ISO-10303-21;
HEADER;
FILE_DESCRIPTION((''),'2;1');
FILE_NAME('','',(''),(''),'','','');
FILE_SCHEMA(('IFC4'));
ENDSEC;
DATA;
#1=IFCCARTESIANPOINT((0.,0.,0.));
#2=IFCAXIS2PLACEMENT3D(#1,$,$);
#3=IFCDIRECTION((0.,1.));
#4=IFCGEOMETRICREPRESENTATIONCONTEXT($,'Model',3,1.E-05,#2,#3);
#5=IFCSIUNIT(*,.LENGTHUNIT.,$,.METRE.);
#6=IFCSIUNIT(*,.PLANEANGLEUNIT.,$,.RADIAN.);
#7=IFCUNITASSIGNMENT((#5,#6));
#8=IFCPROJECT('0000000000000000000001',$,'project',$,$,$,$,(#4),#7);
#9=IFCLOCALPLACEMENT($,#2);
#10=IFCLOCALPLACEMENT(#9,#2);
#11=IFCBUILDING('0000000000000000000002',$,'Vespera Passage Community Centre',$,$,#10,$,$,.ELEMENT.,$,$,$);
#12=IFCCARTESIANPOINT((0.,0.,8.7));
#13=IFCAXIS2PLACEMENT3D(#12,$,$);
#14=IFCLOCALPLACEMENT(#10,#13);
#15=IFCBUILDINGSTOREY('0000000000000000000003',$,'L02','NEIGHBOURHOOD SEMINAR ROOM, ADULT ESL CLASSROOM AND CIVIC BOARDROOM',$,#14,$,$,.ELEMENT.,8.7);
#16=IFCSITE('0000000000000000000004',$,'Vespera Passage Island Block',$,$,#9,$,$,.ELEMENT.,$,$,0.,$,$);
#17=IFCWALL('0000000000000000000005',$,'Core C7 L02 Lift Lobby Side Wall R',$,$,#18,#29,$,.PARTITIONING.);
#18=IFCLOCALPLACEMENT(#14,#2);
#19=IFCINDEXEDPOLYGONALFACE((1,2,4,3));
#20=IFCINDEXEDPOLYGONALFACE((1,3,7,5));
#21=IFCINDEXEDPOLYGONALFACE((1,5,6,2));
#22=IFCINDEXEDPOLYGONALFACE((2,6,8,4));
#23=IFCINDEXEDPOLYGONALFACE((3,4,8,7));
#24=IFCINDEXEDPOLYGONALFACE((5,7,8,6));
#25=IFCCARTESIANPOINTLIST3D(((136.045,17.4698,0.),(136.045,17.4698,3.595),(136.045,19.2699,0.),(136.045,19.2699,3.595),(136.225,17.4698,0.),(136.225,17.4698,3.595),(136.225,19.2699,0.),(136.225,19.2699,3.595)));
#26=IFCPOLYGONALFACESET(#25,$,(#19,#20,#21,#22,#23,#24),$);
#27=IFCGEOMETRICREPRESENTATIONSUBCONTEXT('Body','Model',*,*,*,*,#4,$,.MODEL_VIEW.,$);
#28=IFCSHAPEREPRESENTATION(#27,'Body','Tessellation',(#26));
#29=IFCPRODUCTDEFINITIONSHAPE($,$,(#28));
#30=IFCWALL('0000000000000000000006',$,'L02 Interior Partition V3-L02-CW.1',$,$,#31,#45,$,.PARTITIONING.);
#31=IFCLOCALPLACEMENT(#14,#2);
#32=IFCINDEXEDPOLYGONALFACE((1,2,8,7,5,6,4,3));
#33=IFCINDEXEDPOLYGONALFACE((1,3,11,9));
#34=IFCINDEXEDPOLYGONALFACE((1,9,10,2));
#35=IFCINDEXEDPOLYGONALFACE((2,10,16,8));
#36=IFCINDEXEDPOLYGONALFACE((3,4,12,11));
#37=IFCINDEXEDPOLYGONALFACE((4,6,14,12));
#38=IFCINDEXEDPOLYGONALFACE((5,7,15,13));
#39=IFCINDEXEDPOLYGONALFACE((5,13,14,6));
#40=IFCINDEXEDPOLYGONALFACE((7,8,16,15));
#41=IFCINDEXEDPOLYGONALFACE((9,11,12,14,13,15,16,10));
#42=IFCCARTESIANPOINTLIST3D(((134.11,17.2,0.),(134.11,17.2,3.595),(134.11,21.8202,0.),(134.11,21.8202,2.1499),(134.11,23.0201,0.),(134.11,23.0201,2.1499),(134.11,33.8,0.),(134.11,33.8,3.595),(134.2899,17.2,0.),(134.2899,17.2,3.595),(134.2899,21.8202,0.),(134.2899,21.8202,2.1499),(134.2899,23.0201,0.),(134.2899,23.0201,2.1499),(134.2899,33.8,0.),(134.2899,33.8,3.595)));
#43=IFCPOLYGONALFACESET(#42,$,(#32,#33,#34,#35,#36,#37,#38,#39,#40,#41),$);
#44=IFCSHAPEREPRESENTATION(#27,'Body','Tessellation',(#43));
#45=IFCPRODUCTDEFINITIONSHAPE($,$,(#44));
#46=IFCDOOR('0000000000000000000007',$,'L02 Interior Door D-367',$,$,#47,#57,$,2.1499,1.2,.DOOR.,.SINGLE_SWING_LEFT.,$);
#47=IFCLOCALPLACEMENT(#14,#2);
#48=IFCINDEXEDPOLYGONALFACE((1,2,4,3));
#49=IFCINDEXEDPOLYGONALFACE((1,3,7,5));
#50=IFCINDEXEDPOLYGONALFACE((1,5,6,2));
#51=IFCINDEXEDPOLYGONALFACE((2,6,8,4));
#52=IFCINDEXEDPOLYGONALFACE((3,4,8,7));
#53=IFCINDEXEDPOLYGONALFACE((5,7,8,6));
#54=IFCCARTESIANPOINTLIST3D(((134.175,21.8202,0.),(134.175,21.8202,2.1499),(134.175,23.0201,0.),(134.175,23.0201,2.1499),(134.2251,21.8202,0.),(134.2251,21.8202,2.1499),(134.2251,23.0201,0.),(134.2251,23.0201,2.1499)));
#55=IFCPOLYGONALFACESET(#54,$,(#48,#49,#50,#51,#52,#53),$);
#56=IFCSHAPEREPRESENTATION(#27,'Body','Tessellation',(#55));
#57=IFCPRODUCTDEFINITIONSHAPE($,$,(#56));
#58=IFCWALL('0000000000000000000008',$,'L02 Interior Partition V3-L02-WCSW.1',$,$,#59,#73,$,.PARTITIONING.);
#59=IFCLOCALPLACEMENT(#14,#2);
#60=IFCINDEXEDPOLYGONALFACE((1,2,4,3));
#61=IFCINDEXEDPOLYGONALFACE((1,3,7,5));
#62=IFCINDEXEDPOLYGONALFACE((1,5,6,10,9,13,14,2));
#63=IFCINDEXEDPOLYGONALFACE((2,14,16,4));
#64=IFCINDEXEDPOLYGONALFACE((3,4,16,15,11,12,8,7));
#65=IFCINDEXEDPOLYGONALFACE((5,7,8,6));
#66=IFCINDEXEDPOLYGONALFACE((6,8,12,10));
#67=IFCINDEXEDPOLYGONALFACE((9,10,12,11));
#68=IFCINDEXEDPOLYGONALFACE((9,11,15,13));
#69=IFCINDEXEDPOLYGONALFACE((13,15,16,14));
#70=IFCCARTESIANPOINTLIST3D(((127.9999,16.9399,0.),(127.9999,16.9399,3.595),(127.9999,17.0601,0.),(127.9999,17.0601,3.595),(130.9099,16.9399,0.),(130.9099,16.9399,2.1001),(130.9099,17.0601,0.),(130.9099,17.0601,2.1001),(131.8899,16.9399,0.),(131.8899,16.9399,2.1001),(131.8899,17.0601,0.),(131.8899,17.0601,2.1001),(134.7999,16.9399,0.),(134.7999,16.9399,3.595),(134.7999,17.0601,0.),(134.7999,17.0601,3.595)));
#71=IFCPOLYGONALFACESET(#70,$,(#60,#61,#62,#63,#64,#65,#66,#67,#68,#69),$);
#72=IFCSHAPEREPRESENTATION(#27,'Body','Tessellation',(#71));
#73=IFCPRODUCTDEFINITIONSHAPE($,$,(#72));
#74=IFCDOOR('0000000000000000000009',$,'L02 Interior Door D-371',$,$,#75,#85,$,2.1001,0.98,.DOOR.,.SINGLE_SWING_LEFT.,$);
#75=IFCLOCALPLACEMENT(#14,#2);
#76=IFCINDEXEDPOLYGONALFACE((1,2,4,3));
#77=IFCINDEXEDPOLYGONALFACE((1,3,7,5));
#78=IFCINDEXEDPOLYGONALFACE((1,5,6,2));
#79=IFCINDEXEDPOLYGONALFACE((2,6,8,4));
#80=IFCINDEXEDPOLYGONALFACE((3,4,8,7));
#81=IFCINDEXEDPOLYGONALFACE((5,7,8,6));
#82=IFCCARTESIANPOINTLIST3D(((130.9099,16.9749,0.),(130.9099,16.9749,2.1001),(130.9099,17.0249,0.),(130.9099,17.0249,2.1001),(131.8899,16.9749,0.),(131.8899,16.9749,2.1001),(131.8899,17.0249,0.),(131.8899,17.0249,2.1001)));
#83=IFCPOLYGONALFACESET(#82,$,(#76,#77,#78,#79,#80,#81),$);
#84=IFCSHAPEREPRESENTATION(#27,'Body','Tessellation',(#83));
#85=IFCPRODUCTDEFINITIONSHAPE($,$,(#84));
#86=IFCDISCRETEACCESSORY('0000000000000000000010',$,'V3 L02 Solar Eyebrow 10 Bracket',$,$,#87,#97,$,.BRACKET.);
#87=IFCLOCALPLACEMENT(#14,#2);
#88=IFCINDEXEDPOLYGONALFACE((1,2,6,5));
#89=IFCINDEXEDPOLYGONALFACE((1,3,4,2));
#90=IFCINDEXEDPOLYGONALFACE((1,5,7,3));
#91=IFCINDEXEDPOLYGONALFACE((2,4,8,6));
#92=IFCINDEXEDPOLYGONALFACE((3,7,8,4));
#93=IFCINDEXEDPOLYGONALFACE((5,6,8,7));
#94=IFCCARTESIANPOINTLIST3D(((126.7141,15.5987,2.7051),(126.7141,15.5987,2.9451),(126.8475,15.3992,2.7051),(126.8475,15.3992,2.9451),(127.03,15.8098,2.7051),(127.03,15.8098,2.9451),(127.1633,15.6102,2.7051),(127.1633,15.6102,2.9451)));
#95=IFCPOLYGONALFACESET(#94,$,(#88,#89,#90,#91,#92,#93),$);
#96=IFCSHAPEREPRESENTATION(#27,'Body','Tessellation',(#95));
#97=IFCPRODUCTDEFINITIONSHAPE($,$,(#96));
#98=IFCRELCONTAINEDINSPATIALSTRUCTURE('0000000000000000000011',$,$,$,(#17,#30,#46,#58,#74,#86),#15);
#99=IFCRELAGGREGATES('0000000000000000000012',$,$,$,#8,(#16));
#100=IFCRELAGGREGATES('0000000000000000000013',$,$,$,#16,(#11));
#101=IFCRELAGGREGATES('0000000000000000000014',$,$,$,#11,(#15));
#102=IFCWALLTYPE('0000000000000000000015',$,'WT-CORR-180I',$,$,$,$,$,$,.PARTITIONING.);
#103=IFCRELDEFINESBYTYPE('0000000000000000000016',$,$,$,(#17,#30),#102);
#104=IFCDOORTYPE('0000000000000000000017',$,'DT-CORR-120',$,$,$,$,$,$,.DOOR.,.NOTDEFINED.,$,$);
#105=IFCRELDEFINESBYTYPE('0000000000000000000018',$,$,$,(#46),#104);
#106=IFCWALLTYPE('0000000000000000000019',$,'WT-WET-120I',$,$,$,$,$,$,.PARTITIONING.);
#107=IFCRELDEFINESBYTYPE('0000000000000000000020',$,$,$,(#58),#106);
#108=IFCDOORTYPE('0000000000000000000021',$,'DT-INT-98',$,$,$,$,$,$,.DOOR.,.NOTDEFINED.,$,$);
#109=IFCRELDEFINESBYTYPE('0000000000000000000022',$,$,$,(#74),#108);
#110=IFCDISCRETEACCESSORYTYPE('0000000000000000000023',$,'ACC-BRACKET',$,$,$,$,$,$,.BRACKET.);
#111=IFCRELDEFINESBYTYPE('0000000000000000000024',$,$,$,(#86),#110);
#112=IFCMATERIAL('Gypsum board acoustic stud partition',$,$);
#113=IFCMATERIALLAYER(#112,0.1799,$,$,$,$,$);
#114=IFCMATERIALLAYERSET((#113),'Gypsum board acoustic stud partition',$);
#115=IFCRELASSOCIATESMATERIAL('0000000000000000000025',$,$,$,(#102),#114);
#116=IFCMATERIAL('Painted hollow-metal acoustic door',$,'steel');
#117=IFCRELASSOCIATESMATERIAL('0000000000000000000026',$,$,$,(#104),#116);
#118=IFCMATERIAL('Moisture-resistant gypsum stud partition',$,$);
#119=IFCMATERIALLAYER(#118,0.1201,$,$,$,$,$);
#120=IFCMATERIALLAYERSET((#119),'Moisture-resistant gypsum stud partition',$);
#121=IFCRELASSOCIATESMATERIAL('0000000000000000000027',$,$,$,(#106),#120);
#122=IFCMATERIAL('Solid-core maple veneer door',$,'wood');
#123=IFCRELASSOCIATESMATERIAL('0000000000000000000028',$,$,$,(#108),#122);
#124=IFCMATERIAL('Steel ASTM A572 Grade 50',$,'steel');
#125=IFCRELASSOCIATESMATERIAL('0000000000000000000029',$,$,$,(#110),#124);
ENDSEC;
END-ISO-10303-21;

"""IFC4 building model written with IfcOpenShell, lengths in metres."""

from ifc_helpers import new_model, si_unit, direction, frame, frame_2d, origin, origin_2d, place, context, subcontext, project, spatial, rectangle, extrude, material, layer, layer_set, type_object, element, fill, save


model = new_model("IFC4")

# Units and contexts
model_context = context("Model", 3, precision=1e-05, world=origin(), true_north=direction((0.0, 1.0)))
body_context = subcontext(model_context, "Body", "Model", "MODEL_VIEW")
ifc_project = project(units=[si_unit("LENGTHUNIT", "METRE"), si_unit("PLANEANGLEUNIT", "RADIAN")], contexts=[model_context])

# Site, building, storey
site_placement = place(None, origin())
site = spatial("IfcSite", under=ifc_project, at=site_placement, Name="Vespera Passage Island Block", CompositionType="ELEMENT", RefElevation=0.0)
building_placement = place(site_placement, origin())
building = spatial("IfcBuilding", under=site, at=building_placement, Name="Vespera Passage Community Centre", CompositionType="ELEMENT")
storey_placement = place(building_placement, frame((0.0, 0.0, 8.7)))
storey = spatial("IfcBuildingStorey", under=building, at=storey_placement, Name="L02", Description="NEIGHBOURHOOD SEMINAR ROOM, ADULT ESL CLASSROOM AND CIVIC BOARDROOM", CompositionType="ELEMENT", Elevation=8.7)

# Wall
ifc_material_1 = material(Name="Gypsum board acoustic stud partition")
ifc_layer_1 = layer(ifc_material_1, 0.1799)
ifc_layer_set_1 = layer_set([ifc_layer_1], Name="Gypsum board acoustic stud partition")
wall_type_1 = type_object("IfcWallType", Name="WT-CORR-180I", PredefinedType="PARTITIONING", material=ifc_layer_set_1)
wall_1_placement = place(storey_placement, frame((136.135, 17.47, 0.0), z_axis=(0.0, 0.0, 1.0), x_axis=(0.0, 1.0, 0.0)))
element("IfcWall", 1, at=wall_1_placement, inside=storey, type_object=wall_type_1, Name="Core C7 L02 Lift Lobby Side Wall R", PredefinedType="PARTITIONING", context=body_context, shape_type="SweptSolid", body=[
    extrude(rectangle(XDim=1.8, YDim=0.1799, at=frame_2d((0.8999, 0.0))), origin(), (0.0, 0.0, 1.0), 3.595),
])

# Walls, openings, doors
wall_2_placement = place(storey_placement, frame((134.2, 17.2, 0.0), z_axis=(0.0, 0.0, 1.0), x_axis=(0.0, 1.0, 0.0)))
wall_2 = element("IfcWall", 2, at=wall_2_placement, inside=storey, type_object=wall_type_1, Name="L02 Interior Partition V3-L02-CW.1", PredefinedType="PARTITIONING", context=body_context, shape_type="SweptSolid", body=[
    extrude(rectangle(XDim=16.6001, YDim=0.1799, at=frame_2d((8.3, 0.0))), origin(), (0.0, 0.0, 1.0), 3.595),
])
opening_1_placement = place(wall_2_placement, frame((4.6201, 0.0, 0.0)))
opening_1 = element("IfcOpeningElement", 3, at=opening_1_placement, cuts=wall_2, PredefinedType="OPENING", context=body_context, shape_type="SweptSolid", body=[
    extrude(rectangle(XDim=1.2, YDim=2.1499, at=frame_2d((0.6001, 1.075))), frame((0.0, 0.0999, 0.0), z_axis=(0.0, -1.0, 0.0), x_axis=(1.0, 0.0, 0.0)), (0.0, 0.0, 1.0), 0.2),
])
ifc_material_2 = material(Name="Painted hollow-metal acoustic door", Category="steel")
door_type_1 = type_object("IfcDoorType", Name="DT-CORR-120", OperationType="NOTDEFINED", PredefinedType="DOOR", material=ifc_material_2)
door_1_placement = place(opening_1_placement, origin())
door_1 = element("IfcDoor", 4, at=door_1_placement, inside=storey, type_object=door_type_1, Name="L02 Interior Door D-367", OperationType="SINGLE_SWING_LEFT", OverallHeight=2.1499, OverallWidth=1.2, PredefinedType="DOOR", context=body_context, shape_type="SweptSolid", body=[
    extrude(rectangle(XDim=1.2, YDim=2.1499, at=frame_2d((0.6001, 1.075))), frame((0.0, 0.0249, 0.0), z_axis=(0.0, -1.0, 0.0), x_axis=(1.0, 0.0, 0.0)), (0.0, 0.0, 1.0), 0.05),
])
fill(opening_1, door_1)
ifc_material_3 = material(Name="Moisture-resistant gypsum stud partition")
ifc_layer_2 = layer(ifc_material_3, 0.1201)
ifc_layer_set_2 = layer_set([ifc_layer_2], Name="Moisture-resistant gypsum stud partition")
wall_type_2 = type_object("IfcWallType", Name="WT-WET-120I", PredefinedType="PARTITIONING", material=ifc_layer_set_2)
wall_3_placement = place(storey_placement, frame((128.0, 17.0, 0.0), z_axis=(0.0, 0.0, 1.0), x_axis=(1.0, 0.0, 0.0)))
wall_3 = element("IfcWall", 5, at=wall_3_placement, inside=storey, type_object=wall_type_2, Name="L02 Interior Partition V3-L02-WCSW.1", PredefinedType="PARTITIONING", context=body_context, shape_type="SweptSolid", body=[
    extrude(rectangle(XDim=6.8, YDim=0.1201, at=frame_2d((3.3999, 0.0))), origin(), (0.0, 0.0, 1.0), 3.595),
])
opening_2_placement = place(wall_3_placement, frame((2.9099, 0.0, 0.0)))
opening_2 = element("IfcOpeningElement", 6, at=opening_2_placement, cuts=wall_3, PredefinedType="OPENING", context=body_context, shape_type="SweptSolid", body=[
    extrude(rectangle(XDim=0.98, YDim=2.1001, at=frame_2d((0.49, 1.05))), frame((0.0, 0.0701, 0.0), z_axis=(0.0, -1.0, 0.0), x_axis=(1.0, 0.0, 0.0)), (0.0, 0.0, 1.0), 0.1401),
])
ifc_material_4 = material(Name="Solid-core maple veneer door", Category="wood")
door_type_2 = type_object("IfcDoorType", Name="DT-INT-98", OperationType="NOTDEFINED", PredefinedType="DOOR", material=ifc_material_4)
door_2_placement = place(opening_2_placement, origin())
door_2 = element("IfcDoor", 7, at=door_2_placement, inside=storey, type_object=door_type_2, Name="L02 Interior Door D-371", OperationType="SINGLE_SWING_LEFT", OverallHeight=2.1001, OverallWidth=0.98, PredefinedType="DOOR", context=body_context, shape_type="SweptSolid", body=[
    extrude(rectangle(XDim=0.98, YDim=2.1001, at=frame_2d((0.49, 1.05))), frame((0.0, 0.0249, 0.0), z_axis=(0.0, -1.0, 0.0), x_axis=(1.0, 0.0, 0.0)), (0.0, 0.0, 1.0), 0.05),
])
fill(opening_2, door_2)

# Discrete accessory
ifc_material_5 = material(Name="Steel ASTM A572 Grade 50", Category="steel")
discrete_accessory_type = type_object("IfcDiscreteAccessoryType", Name="ACC-BRACKET", PredefinedType="BRACKET", material=ifc_material_5)
discrete_accessory_placement = place(storey_placement, frame((126.9387, 15.6045, 2.7051), z_axis=(0.0, 0.0, 1.0), x_axis=(-0.555556, 0.831479, 0.0)))
element("IfcDiscreteAccessory", 8, at=discrete_accessory_placement, inside=storey, type_object=discrete_accessory_type, Name="V3 L02 Solar Eyebrow 10 Bracket", PredefinedType="BRACKET", context=body_context, shape_type="SweptSolid", body=[
    extrude(rectangle(XDim=0.24, YDim=0.3799, at=origin_2d()), origin(), (0.0, 0.0, 1.0), 0.24),
])

save(model, "model.ifc")
